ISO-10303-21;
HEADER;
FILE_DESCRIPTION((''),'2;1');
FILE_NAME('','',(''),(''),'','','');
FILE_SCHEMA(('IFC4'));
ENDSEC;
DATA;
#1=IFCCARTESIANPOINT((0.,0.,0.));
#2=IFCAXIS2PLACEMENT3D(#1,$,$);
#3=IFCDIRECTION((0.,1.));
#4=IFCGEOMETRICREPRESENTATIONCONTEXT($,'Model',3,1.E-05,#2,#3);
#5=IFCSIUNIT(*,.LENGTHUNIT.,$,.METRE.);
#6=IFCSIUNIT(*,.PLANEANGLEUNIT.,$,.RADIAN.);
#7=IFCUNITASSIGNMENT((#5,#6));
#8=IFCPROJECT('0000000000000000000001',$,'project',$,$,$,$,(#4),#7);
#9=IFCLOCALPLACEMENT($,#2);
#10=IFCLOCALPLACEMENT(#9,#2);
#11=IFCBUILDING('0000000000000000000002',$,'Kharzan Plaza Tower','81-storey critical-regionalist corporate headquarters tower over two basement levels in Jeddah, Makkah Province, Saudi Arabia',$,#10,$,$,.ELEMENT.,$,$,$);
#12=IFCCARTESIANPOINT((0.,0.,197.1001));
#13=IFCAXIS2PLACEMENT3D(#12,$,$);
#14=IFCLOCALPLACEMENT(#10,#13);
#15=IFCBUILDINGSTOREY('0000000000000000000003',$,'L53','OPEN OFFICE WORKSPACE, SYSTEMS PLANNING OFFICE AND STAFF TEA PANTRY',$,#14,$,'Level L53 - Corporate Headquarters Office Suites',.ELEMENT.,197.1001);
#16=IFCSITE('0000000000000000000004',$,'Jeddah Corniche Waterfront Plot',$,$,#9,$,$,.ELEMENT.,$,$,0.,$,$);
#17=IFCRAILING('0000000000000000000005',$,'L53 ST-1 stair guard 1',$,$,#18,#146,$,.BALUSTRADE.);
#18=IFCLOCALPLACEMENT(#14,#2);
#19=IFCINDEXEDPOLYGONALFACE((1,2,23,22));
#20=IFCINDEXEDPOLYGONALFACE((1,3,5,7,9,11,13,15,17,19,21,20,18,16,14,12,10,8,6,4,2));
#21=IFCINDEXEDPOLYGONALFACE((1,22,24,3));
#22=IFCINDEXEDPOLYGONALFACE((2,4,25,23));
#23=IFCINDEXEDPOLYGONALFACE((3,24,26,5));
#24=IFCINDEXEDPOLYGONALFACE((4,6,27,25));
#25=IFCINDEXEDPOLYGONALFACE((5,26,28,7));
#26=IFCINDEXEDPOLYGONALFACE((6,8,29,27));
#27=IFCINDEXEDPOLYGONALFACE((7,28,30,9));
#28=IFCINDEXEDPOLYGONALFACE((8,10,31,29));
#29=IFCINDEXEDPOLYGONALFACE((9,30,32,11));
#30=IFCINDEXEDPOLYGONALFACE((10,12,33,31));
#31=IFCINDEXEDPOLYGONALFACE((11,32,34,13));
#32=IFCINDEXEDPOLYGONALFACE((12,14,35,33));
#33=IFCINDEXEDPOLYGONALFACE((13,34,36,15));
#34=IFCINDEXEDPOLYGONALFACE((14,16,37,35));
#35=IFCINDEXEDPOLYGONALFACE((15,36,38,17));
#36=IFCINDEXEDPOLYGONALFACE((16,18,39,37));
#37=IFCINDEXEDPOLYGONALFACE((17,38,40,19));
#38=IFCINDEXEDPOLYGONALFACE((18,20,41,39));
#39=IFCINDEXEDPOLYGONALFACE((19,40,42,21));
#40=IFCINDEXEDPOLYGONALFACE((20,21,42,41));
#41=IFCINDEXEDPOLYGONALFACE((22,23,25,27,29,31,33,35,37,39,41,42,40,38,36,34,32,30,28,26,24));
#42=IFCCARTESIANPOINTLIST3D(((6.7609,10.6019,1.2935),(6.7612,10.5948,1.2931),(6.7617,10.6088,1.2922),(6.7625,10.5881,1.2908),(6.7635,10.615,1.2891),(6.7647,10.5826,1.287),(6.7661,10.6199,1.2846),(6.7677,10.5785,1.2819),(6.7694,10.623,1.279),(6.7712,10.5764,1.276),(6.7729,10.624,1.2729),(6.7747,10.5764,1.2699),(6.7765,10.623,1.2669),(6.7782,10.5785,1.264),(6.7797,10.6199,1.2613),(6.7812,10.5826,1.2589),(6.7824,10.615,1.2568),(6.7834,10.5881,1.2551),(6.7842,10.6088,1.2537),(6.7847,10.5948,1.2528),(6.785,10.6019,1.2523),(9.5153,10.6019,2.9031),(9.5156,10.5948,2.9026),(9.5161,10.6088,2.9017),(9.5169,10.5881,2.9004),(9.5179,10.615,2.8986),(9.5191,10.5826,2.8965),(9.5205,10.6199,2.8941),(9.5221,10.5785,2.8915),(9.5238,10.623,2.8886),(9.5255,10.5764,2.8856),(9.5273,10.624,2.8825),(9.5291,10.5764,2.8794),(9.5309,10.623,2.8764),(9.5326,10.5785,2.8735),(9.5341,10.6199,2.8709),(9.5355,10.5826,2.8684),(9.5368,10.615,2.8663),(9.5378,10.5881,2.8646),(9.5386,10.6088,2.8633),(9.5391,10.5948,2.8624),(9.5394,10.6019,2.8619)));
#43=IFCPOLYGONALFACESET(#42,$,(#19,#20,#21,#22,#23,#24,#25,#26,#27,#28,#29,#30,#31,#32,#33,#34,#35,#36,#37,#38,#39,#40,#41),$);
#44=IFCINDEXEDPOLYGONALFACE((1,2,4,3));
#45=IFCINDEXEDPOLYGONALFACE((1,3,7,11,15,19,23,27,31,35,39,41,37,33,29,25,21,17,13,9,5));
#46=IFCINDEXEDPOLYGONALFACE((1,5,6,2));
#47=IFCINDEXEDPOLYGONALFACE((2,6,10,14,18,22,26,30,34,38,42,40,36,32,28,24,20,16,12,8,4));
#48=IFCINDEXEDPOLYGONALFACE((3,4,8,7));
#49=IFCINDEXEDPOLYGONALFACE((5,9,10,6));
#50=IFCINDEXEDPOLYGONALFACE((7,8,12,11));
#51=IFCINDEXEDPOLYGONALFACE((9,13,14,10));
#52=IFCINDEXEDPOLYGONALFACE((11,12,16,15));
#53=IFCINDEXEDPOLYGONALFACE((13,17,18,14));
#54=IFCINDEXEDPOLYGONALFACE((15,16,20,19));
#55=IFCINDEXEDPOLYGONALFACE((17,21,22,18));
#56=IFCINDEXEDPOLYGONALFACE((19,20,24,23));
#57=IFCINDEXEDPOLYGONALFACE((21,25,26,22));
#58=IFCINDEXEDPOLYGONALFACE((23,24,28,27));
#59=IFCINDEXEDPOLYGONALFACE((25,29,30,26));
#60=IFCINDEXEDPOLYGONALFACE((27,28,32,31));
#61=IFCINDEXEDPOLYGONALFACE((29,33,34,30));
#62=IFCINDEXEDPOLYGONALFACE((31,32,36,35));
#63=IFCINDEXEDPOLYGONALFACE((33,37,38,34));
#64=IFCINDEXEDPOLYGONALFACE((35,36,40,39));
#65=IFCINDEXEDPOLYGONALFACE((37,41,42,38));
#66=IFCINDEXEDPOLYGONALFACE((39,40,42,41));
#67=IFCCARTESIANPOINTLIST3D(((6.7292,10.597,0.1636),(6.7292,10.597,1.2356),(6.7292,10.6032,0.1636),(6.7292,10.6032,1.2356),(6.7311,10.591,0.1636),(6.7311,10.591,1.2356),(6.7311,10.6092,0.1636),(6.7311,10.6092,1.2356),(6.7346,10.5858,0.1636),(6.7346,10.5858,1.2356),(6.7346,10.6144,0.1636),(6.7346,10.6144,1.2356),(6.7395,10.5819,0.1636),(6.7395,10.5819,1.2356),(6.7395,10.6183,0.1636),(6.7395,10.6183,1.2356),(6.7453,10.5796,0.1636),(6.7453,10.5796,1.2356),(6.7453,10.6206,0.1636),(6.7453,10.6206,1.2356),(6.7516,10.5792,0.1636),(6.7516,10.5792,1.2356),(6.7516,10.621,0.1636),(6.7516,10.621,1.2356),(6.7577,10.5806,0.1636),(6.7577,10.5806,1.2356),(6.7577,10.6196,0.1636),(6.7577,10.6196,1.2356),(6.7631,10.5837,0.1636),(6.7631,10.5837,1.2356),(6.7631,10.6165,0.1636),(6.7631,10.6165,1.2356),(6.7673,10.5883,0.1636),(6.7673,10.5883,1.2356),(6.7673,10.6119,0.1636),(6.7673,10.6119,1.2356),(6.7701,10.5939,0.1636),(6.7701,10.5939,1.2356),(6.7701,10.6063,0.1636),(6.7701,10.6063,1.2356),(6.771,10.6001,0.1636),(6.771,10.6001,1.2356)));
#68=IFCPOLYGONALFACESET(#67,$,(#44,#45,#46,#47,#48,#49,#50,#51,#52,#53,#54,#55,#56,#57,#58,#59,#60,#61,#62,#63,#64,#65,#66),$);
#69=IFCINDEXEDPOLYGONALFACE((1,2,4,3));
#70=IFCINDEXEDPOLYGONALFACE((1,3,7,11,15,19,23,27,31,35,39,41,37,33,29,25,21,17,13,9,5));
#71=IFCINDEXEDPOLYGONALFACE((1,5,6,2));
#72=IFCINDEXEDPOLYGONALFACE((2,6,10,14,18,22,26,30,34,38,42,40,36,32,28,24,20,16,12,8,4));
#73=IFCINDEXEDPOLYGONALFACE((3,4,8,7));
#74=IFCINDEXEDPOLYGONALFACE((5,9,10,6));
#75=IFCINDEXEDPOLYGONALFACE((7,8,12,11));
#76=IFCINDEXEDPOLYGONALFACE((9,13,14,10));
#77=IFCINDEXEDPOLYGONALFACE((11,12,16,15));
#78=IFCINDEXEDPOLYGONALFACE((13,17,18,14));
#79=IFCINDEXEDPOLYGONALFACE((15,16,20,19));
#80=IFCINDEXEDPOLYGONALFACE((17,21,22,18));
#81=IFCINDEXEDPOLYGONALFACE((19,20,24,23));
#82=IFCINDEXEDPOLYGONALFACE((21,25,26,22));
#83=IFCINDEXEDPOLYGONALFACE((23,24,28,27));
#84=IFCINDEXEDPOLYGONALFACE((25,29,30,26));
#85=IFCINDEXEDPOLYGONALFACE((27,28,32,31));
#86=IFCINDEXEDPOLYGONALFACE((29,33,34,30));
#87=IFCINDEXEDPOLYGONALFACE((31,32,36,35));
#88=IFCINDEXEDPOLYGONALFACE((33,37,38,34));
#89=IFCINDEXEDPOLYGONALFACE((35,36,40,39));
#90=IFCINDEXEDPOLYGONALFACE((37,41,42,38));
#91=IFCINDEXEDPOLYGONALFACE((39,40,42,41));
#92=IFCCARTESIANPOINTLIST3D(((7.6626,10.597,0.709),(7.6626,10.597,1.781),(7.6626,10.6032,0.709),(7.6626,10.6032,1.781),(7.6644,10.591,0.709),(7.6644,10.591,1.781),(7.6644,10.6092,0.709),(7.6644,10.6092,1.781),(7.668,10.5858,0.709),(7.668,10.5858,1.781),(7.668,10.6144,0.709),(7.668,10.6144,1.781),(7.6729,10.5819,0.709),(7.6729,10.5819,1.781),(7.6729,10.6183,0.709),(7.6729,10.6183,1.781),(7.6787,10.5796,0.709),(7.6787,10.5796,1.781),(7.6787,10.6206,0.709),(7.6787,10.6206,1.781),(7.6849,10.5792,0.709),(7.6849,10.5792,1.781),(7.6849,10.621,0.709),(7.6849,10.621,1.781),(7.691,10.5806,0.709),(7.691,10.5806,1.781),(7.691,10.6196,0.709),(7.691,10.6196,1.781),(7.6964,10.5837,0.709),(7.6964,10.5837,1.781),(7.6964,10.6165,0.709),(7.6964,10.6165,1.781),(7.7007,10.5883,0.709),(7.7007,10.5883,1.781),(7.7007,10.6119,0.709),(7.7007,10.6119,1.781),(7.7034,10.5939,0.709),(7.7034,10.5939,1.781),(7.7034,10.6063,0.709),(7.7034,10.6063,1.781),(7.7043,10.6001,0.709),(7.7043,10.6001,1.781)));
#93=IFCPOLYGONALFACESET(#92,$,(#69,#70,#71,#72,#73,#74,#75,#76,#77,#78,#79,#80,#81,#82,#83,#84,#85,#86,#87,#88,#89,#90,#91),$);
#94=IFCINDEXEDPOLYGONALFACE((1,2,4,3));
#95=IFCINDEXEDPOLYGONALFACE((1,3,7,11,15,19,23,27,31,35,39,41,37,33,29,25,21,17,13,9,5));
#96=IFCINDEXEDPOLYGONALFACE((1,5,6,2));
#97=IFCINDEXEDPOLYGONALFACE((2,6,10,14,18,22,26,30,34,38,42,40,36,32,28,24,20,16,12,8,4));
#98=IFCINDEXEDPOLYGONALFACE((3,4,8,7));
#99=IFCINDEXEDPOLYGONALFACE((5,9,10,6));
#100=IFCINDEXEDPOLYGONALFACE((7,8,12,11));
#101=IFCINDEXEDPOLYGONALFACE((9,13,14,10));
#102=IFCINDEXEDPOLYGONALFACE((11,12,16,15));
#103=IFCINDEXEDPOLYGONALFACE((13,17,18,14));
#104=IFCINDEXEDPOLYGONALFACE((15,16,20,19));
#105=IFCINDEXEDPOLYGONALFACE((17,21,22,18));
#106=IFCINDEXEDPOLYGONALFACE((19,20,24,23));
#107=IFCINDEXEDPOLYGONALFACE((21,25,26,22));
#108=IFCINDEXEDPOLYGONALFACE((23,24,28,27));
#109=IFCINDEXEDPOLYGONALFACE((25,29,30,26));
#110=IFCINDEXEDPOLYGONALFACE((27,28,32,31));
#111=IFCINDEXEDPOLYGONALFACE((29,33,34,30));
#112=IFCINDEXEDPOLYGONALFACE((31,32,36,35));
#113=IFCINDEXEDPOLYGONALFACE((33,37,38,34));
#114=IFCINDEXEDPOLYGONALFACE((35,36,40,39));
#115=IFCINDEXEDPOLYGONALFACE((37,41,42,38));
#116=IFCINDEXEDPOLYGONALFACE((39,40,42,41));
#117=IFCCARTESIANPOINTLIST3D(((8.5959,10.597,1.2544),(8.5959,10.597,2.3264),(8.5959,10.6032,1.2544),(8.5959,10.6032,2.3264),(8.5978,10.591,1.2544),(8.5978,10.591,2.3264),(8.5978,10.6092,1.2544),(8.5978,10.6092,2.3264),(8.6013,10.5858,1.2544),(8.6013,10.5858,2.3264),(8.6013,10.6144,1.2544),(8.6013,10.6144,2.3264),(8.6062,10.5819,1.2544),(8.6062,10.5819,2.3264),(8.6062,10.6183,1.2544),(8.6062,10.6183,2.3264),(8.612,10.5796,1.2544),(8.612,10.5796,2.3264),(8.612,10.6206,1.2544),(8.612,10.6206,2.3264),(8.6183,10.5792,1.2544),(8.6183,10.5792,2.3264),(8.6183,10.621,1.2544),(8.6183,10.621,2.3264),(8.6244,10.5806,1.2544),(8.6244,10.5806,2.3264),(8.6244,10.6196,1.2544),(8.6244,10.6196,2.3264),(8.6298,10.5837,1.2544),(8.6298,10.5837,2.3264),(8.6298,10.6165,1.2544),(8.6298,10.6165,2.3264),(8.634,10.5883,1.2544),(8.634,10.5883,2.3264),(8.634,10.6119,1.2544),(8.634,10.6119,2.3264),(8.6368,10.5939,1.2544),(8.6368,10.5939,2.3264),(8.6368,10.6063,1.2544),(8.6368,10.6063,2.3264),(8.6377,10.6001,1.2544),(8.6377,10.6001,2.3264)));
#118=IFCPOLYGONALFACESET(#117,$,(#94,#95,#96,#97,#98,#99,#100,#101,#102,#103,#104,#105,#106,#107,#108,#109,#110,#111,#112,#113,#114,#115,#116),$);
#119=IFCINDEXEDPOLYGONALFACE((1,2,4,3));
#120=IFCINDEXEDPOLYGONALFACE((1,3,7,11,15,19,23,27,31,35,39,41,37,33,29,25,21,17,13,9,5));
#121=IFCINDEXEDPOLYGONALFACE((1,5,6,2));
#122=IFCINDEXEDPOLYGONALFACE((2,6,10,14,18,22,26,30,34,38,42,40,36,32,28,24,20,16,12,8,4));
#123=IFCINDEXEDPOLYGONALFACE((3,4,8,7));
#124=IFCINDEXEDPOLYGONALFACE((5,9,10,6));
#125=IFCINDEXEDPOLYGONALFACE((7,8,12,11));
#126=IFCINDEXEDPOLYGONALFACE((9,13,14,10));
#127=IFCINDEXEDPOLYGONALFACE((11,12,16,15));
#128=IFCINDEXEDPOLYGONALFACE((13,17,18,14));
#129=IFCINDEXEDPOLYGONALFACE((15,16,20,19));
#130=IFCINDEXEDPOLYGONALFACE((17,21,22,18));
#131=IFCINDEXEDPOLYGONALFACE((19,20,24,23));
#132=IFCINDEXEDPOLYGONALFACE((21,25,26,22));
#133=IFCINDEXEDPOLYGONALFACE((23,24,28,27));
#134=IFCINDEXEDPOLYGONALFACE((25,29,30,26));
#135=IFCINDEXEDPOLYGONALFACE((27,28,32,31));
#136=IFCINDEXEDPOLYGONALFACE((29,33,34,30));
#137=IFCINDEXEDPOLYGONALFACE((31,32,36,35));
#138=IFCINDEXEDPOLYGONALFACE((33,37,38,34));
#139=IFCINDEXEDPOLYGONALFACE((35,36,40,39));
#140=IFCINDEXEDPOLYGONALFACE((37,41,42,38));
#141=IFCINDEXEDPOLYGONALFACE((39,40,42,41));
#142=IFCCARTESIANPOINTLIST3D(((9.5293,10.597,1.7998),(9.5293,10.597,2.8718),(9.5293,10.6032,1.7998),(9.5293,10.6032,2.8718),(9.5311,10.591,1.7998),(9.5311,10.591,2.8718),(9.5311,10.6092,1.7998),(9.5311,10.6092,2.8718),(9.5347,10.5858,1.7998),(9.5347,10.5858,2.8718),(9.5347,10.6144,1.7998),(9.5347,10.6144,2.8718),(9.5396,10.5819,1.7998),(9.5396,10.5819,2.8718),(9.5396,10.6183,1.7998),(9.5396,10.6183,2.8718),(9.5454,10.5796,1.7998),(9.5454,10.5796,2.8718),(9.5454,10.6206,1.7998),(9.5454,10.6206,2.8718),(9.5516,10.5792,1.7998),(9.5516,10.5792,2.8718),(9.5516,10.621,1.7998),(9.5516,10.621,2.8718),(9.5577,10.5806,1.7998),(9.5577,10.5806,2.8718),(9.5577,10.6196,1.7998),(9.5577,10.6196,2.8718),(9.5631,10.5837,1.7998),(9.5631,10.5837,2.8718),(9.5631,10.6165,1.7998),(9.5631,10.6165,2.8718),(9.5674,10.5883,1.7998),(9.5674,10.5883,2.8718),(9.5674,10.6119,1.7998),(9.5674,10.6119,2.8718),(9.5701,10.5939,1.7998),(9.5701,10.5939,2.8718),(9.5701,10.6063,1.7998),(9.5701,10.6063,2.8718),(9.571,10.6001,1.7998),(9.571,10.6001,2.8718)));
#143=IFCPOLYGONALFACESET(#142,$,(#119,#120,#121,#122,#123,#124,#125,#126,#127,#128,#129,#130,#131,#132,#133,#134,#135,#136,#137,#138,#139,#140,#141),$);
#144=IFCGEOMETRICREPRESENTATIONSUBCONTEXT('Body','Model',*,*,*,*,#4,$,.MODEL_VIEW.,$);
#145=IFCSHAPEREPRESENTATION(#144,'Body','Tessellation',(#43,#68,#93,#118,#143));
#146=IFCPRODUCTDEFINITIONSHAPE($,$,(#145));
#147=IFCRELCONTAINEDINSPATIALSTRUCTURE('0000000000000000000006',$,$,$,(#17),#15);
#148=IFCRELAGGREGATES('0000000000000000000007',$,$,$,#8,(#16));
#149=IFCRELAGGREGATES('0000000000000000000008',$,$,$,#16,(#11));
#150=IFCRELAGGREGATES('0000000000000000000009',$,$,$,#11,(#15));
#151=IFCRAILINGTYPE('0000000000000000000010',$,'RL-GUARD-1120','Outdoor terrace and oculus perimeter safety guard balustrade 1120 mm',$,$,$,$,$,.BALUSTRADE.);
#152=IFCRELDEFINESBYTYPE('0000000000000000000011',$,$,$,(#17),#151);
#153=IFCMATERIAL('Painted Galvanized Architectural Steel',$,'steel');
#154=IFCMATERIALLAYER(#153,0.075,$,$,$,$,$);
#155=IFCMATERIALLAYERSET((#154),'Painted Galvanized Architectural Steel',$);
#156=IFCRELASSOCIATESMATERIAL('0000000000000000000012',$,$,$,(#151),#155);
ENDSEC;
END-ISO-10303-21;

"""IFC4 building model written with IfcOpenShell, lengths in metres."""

from ifc_helpers import new_model, si_unit, direction, frame, origin, origin_2d, place, context, subcontext, project, spatial, circle, extrude, source, transform, mapped, material, layer, layer_set, type_object, element, save


model = new_model("IFC4")

# Units and contexts
model_context = context("Model", 3, precision=1e-05, world=origin(), true_north=direction((0.0, 1.0)))
body_context = subcontext(model_context, "Body", "Model", "MODEL_VIEW")
ifc_project = project(units=[si_unit("LENGTHUNIT", "METRE"), si_unit("PLANEANGLEUNIT", "RADIAN")], contexts=[model_context])

# Site, building, storey
site_placement = place(None, origin())
site = spatial("IfcSite", under=ifc_project, at=site_placement, Name="Jeddah Corniche Waterfront Plot", CompositionType="ELEMENT", RefElevation=0.0)
building_placement = place(site_placement, origin())
building = spatial("IfcBuilding", under=site, at=building_placement, Name="Kharzan Plaza Tower", Description="81-storey critical-regionalist corporate headquarters tower over two basement levels in Jeddah, Makkah Province, Saudi Arabia", CompositionType="ELEMENT")
storey_placement = place(building_placement, frame((0.0, 0.0, 197.1001)))
storey = spatial("IfcBuildingStorey", under=building, at=storey_placement, Name="L53", Description="OPEN OFFICE WORKSPACE, SYSTEMS PLANNING OFFICE AND STAFF TEA PANTRY", LongName="Level L53 - Corporate Headquarters Office Suites", CompositionType="ELEMENT", Elevation=197.1001)

# Railing
ifc_material_1 = material(Name="Painted Galvanized Architectural Steel", Category="steel")
ifc_layer_1 = layer(ifc_material_1, 0.075)
ifc_layer_set_1 = layer_set([ifc_layer_1], Name="Painted Galvanized Architectural Steel")
railing_type_1 = type_object("IfcRailingType", Name="RL-GUARD-1120", Description="Outdoor terrace and oculus perimeter safety guard balustrade 1120 mm", PredefinedType="BALUSTRADE", material=ifc_layer_set_1)
shared_shape_1 = source(origin(), body_context, "Body", "SweptSolid", [
    extrude(circle(Radius=0.0239, at=origin_2d()), frame((0.0229, 0.0, 1.1094), z_axis=(0.863394, 0.0, 0.504531), x_axis=(0.0, 1.0, 0.0)), (0.0, 0.0, 1.0), 3.1902),
    extrude(circle(Radius=0.021, at=origin_2d()), origin(), (0.0, 0.0, 1.0), 1.072),
    extrude(circle(Radius=0.021, at=origin_2d()), frame((0.9333, 0.0, 0.5454)), (0.0, 0.0, 1.0), 1.072),
    extrude(circle(Radius=0.021, at=origin_2d()), frame((1.8667, 0.0, 1.0908)), (0.0, 0.0, 1.0), 1.072),
    extrude(circle(Radius=0.021, at=origin_2d()), frame((2.8, 0.0, 1.6362)), (0.0, 0.0, 1.0), 1.072),
])
railing_1_placement = place(storey_placement, frame((6.75, 10.6001, 0.1636)))
element("IfcRailing", 1, at=railing_1_placement, inside=storey, type_object=railing_type_1, Name="L53 ST-1 stair guard 1", PredefinedType="BALUSTRADE", context=body_context, shape_type="MappedRepresentation", body=[
    mapped(shared_shape_1, transform((0.0, 0.0, 0.0), x_axis=(1.0, 0.0, 0.0), y_axis=(0.0, 1.0, 0.0), z_axis=(0.0, 0.0, 1.0))),
])

save(model, "model.ifc")
